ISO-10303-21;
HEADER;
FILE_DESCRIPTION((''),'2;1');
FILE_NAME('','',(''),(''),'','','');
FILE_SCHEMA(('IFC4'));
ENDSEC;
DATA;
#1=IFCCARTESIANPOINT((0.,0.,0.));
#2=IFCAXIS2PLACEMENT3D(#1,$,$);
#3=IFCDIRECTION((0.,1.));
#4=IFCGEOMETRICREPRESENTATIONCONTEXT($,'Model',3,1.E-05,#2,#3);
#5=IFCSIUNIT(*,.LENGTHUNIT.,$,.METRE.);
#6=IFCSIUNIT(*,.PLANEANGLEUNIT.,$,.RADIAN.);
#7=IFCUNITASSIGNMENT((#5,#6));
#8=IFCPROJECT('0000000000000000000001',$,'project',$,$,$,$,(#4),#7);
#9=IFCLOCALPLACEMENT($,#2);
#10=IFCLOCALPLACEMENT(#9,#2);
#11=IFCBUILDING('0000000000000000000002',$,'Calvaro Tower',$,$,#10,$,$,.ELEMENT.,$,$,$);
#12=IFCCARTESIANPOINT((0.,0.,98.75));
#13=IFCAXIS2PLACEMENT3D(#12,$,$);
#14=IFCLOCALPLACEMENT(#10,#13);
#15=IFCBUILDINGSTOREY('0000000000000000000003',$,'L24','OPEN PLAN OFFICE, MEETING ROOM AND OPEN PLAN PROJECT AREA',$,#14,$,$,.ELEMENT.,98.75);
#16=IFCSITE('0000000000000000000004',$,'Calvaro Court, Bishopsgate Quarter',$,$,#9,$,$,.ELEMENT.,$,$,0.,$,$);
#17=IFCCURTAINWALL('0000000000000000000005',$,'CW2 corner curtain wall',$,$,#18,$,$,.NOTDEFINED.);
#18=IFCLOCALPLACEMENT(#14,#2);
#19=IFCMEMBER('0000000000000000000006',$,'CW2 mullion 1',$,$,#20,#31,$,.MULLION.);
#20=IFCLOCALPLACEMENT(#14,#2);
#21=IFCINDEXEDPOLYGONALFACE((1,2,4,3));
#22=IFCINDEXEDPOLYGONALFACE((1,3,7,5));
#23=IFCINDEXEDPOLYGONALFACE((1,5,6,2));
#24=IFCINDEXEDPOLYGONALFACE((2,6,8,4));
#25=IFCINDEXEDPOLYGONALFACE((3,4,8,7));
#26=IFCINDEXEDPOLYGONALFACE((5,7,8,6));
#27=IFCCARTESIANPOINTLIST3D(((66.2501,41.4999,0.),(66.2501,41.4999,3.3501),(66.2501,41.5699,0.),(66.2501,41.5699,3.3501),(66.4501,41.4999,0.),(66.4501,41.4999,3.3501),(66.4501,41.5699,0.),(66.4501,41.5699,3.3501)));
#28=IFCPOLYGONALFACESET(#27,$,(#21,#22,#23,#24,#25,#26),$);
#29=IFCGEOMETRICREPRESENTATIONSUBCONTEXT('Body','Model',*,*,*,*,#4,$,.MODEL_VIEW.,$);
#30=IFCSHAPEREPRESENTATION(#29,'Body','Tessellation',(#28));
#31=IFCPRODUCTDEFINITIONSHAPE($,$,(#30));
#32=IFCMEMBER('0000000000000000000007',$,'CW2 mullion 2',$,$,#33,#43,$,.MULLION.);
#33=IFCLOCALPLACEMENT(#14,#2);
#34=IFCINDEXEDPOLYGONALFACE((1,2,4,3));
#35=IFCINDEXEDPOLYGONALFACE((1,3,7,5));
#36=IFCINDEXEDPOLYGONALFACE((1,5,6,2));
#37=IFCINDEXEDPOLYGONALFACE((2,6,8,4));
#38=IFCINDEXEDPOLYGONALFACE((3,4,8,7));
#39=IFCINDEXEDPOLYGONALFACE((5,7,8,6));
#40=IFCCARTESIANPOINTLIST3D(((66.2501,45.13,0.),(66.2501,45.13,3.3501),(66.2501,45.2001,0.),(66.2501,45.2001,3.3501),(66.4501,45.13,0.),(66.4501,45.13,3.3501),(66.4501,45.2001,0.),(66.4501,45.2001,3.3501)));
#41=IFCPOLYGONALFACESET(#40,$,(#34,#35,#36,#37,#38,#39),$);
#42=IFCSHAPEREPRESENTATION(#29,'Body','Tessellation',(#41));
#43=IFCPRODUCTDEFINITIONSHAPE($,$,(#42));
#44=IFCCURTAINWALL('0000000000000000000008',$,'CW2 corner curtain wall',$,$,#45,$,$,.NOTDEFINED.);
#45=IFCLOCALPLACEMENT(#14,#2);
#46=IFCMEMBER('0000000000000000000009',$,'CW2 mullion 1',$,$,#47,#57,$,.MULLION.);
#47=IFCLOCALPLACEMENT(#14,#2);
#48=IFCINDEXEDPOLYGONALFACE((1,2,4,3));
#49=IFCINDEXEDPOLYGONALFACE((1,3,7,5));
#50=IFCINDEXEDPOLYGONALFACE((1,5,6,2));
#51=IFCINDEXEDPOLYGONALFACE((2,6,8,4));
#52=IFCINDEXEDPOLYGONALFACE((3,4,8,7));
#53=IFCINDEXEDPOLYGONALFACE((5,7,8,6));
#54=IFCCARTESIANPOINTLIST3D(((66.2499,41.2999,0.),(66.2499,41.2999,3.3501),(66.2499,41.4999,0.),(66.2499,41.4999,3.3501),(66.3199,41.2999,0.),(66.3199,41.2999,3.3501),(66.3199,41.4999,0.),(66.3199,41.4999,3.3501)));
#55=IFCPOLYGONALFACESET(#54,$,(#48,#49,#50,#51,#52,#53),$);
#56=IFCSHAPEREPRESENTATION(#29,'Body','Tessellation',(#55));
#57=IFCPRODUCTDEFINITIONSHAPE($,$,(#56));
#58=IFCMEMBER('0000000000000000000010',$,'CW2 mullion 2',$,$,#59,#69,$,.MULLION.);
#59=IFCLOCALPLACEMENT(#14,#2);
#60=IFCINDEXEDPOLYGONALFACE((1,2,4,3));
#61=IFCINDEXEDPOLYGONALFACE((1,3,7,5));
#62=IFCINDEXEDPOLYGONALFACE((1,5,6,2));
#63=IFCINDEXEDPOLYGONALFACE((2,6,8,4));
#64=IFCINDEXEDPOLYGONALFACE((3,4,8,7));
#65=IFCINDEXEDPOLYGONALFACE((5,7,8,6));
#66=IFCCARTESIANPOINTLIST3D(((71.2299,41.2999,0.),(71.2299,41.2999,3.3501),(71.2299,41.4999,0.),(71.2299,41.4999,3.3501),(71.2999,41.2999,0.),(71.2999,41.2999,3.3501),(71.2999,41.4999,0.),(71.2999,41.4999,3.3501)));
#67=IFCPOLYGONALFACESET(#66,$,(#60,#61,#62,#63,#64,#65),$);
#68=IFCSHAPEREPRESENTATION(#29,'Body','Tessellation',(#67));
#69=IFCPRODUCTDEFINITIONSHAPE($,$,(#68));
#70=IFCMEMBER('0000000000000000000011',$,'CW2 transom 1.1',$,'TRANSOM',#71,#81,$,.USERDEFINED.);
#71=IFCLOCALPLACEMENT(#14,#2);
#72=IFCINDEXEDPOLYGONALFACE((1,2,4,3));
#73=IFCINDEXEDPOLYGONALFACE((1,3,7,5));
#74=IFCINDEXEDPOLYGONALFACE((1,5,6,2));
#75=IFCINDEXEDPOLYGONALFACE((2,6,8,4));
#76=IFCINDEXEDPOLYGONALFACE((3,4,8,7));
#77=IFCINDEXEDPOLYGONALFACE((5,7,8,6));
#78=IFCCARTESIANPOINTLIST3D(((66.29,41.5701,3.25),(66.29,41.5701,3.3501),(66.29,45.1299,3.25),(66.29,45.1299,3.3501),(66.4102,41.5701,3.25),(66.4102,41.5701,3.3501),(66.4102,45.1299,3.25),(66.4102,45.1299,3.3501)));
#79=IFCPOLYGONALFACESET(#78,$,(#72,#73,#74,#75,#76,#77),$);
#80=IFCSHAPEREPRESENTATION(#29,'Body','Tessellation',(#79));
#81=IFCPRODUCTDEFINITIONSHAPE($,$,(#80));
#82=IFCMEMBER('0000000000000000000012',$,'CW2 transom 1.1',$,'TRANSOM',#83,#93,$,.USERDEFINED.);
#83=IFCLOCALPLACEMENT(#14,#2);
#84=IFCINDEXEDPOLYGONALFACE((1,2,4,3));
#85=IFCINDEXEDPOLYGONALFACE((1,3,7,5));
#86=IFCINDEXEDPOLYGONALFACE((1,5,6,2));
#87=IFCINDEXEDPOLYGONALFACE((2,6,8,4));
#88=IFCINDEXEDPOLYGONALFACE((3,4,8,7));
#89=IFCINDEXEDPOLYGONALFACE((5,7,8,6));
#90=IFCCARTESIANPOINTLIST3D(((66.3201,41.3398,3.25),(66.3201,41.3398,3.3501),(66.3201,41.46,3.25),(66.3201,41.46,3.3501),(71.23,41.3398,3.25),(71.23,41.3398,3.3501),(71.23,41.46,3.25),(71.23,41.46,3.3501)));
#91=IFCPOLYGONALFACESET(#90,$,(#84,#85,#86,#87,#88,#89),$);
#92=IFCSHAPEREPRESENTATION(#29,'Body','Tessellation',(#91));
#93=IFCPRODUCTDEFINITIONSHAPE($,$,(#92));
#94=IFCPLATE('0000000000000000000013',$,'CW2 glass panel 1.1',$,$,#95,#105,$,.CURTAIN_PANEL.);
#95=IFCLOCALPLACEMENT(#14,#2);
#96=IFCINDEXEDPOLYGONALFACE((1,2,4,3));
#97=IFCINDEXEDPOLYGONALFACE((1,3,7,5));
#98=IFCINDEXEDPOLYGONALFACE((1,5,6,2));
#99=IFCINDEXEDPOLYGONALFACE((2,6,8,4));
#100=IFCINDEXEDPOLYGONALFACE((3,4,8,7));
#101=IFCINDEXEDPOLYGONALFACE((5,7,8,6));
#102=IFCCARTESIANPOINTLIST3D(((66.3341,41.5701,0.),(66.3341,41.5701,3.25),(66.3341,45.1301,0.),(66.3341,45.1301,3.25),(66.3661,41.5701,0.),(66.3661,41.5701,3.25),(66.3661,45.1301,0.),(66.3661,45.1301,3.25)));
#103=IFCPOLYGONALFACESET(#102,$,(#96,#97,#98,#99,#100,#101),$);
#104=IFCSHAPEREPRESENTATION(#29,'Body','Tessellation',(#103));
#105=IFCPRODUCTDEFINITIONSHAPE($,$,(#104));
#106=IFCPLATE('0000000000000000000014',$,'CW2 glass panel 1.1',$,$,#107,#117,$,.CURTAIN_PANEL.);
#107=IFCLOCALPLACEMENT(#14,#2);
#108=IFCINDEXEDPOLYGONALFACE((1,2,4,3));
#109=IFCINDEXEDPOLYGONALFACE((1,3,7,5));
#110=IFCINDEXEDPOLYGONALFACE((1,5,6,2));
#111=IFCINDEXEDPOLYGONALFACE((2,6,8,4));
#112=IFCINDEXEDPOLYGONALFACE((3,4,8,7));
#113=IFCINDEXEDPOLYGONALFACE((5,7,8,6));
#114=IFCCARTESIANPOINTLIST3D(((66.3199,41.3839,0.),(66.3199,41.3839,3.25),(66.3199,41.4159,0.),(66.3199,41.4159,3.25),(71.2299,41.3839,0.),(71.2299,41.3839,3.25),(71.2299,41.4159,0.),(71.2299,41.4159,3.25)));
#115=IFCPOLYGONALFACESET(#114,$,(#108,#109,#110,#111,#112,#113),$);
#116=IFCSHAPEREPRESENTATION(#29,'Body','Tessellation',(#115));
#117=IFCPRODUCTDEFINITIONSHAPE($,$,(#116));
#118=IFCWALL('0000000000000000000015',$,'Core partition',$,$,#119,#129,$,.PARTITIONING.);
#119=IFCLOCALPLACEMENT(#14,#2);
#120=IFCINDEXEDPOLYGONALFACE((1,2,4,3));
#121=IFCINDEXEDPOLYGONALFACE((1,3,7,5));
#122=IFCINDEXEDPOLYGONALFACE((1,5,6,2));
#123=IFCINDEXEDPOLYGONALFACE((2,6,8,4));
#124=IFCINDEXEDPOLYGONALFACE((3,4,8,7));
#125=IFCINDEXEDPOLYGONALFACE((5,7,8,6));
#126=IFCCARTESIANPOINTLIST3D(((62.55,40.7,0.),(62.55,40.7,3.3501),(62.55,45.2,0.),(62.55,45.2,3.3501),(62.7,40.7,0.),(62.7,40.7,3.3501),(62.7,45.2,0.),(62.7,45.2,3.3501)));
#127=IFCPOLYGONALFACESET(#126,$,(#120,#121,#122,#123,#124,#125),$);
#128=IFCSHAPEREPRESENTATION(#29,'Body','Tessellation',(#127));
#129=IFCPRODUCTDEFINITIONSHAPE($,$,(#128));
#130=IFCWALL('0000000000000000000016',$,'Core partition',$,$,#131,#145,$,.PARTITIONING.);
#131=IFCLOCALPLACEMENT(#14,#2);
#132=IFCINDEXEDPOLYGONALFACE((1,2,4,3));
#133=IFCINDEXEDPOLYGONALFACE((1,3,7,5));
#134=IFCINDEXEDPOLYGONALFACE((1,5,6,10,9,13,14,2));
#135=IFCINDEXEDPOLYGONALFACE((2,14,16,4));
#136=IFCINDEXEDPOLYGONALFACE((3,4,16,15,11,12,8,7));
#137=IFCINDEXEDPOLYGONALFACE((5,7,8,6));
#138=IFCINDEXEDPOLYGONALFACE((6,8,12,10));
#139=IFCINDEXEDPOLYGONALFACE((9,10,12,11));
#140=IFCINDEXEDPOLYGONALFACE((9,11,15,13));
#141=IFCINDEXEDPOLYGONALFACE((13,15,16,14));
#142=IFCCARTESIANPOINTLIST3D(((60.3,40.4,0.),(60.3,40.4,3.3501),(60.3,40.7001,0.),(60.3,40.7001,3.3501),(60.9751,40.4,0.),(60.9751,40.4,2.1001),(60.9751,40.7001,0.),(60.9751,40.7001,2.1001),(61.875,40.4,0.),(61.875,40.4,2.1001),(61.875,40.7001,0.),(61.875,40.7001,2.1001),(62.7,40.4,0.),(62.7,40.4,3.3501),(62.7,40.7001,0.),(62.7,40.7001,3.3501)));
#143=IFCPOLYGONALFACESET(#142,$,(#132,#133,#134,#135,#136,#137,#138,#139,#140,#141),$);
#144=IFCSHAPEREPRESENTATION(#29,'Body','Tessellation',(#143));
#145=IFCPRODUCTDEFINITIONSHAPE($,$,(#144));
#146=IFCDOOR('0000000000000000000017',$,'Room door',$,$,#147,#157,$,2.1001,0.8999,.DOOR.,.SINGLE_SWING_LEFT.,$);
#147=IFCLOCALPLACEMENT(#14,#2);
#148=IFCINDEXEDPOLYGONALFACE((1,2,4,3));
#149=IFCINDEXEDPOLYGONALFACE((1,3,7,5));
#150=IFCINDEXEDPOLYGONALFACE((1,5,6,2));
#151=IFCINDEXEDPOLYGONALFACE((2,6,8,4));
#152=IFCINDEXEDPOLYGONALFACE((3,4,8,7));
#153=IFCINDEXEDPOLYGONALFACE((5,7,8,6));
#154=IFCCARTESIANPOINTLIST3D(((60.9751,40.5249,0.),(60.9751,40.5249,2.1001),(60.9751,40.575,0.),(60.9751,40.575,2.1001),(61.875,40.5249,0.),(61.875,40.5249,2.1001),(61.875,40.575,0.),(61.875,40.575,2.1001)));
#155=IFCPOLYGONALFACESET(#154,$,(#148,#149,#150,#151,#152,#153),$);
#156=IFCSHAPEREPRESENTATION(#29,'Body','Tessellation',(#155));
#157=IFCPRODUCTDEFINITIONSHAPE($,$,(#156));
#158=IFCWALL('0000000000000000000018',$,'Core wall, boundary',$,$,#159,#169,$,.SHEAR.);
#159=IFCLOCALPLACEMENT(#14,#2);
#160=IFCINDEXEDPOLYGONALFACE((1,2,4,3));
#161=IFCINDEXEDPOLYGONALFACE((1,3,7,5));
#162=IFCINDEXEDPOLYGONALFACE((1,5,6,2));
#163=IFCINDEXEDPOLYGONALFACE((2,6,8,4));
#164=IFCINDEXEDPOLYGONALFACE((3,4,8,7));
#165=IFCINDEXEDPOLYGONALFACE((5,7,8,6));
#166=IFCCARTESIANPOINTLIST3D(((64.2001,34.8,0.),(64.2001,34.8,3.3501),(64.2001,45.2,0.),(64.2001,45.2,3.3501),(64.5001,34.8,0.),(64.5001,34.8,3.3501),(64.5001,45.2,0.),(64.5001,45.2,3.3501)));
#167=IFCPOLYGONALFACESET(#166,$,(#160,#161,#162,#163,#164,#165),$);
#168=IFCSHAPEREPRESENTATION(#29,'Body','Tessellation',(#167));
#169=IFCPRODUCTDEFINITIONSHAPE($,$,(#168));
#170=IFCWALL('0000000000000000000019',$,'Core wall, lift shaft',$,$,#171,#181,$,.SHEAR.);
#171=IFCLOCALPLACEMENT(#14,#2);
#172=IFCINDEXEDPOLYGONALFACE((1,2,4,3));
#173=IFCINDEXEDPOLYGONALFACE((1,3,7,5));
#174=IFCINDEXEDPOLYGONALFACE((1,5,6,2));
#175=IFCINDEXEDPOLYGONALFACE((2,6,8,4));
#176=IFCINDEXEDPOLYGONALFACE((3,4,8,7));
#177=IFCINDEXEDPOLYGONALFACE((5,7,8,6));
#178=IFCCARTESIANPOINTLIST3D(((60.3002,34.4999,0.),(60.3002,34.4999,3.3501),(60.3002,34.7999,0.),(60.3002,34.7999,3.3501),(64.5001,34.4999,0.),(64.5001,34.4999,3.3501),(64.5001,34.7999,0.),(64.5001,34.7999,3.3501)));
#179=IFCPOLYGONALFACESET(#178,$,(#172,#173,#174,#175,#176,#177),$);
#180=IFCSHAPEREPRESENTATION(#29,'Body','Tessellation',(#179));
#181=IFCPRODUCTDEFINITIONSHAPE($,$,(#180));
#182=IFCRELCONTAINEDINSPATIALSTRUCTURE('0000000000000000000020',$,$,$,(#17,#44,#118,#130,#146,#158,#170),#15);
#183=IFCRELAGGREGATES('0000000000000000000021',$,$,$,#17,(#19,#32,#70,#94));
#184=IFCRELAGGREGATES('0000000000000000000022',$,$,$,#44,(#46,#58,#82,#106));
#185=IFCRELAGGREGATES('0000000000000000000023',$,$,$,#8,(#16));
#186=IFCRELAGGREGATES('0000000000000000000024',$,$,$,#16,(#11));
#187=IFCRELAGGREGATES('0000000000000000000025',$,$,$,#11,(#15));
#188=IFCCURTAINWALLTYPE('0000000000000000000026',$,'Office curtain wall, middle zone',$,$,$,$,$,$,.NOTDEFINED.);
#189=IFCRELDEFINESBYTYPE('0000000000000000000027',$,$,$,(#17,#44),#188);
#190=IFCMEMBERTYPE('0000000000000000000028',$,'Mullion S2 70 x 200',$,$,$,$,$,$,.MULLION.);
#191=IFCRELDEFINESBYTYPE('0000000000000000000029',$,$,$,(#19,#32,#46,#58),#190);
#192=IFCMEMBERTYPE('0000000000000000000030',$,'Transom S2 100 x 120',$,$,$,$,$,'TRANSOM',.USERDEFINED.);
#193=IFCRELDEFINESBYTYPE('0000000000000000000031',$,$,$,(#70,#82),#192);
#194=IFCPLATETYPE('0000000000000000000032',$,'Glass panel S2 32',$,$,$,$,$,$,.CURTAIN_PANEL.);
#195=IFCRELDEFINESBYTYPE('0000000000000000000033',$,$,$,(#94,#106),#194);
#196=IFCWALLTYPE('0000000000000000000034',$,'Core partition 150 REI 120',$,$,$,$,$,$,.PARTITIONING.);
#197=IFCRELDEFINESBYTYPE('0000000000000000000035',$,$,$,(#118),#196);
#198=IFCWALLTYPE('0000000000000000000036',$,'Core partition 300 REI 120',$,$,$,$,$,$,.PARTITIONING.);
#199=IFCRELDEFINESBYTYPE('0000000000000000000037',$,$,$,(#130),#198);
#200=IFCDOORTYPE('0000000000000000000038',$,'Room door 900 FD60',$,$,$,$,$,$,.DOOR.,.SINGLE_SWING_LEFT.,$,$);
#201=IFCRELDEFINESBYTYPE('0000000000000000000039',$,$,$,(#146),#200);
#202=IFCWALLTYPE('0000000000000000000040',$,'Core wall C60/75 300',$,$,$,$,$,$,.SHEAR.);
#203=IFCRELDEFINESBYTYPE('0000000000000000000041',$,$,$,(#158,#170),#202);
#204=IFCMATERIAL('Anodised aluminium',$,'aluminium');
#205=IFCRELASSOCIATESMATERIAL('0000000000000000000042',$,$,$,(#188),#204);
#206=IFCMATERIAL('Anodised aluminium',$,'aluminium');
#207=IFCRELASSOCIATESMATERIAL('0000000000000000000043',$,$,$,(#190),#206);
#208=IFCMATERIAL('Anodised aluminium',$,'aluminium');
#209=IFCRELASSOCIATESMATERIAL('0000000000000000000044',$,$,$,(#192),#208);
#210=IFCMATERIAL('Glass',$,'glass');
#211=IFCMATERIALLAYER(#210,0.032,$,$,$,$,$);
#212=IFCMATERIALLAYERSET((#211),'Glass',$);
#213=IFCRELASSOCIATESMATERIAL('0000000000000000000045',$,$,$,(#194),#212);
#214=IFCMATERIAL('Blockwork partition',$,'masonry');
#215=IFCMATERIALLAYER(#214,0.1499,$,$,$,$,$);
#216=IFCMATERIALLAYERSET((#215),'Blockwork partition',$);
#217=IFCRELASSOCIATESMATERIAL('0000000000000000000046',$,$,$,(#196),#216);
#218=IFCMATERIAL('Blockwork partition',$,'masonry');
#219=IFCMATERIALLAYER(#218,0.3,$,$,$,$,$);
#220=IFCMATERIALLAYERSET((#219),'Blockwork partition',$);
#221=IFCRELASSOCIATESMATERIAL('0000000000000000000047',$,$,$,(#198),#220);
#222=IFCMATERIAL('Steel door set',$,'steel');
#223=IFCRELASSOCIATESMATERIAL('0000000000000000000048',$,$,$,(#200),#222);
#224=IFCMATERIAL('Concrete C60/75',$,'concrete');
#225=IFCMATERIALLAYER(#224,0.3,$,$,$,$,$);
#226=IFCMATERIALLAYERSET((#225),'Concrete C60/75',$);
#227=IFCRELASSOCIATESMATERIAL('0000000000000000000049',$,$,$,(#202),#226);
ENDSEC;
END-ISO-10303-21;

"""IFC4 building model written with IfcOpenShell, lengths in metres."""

from ifc_helpers import new_model, si_unit, direction, frame, frame_2d, origin, origin_2d, place, context, subcontext, project, spatial, rectangle, extrude, material, layer, layer_set, material_profile, profile_set, type_object, element, fill, aggregate, save


model = new_model("IFC4")

# Units and contexts
model_context = context("Model", 3, precision=1e-05, world=origin(), true_north=direction((0.0, 1.0)))
body_context = subcontext(model_context, "Body", "Model", "MODEL_VIEW")
ifc_project = project(units=[si_unit("LENGTHUNIT", "METRE"), si_unit("PLANEANGLEUNIT", "RADIAN")], contexts=[model_context])

# Site, building, storey
site_placement = place(None, origin())
site = spatial("IfcSite", under=ifc_project, at=site_placement, Name="Calvaro Court, Bishopsgate Quarter", CompositionType="ELEMENT", RefElevation=0.0)
building_placement = place(site_placement, origin())
building = spatial("IfcBuilding", under=site, at=building_placement, Name="Calvaro Tower", CompositionType="ELEMENT")
storey_placement = place(building_placement, frame((0.0, 0.0, 98.75)))
storey = spatial("IfcBuildingStorey", under=building, at=storey_placement, Name="L24", Description="OPEN PLAN OFFICE, MEETING ROOM AND OPEN PLAN PROJECT AREA", CompositionType="ELEMENT", Elevation=98.75)

# Curtain walls, members
ifc_material_1 = material(Name="Anodised aluminium", Category="aluminium")
curtain_wall_type = type_object("IfcCurtainWallType", Name="Office curtain wall, middle zone", PredefinedType="NOTDEFINED", material=ifc_material_1)
curtain_wall_1_placement = place(storey_placement, origin())
curtain_wall_1 = element("IfcCurtainWall", 1, at=curtain_wall_1_placement, inside=storey, type_object=curtain_wall_type, Name="CW2 corner curtain wall", PredefinedType="NOTDEFINED")
ifc_material_2 = material(Name="Anodised aluminium", Category="aluminium")
ifc_material_profile_1 = material_profile(ifc_material_2, rectangle(XDim=0.2, YDim=0.0701, at=origin_2d()), Name="Mullion S2 70 x 200")
ifc_profile_set_1 = profile_set([ifc_material_profile_1], Name="Anodised aluminium")
member_type_1 = type_object("IfcMemberType", Name="Mullion S2 70 x 200", PredefinedType="MULLION", material=ifc_profile_set_1)
member_1_placement = place(storey_placement, frame((66.3501, 41.5349, 0.0), z_axis=(0.0, 0.0, 1.0), x_axis=(-1.0, 0.0, 0.0)))
member_1 = element("IfcMember", 2, at=member_1_placement, type_object=member_type_1, Name="CW2 mullion 1", PredefinedType="MULLION", context=body_context, shape_type="SweptSolid", body=[
    extrude(rectangle(XDim=0.2, YDim=0.0701, at=origin_2d()), origin(), (0.0, 0.0, 1.0), 3.3501),
])
member_2_placement = place(storey_placement, frame((66.3501, 45.165, 0.0), z_axis=(0.0, 0.0, 1.0), x_axis=(-1.0, 0.0, 0.0)))
member_2 = element("IfcMember", 3, at=member_2_placement, type_object=member_type_1, Name="CW2 mullion 2", PredefinedType="MULLION", context=body_context, shape_type="SweptSolid", body=[
    extrude(rectangle(XDim=0.2, YDim=0.0701, at=origin_2d()), origin(), (0.0, 0.0, 1.0), 3.3501),
])
curtain_wall_2_placement = place(storey_placement, origin())
curtain_wall_2 = element("IfcCurtainWall", 4, at=curtain_wall_2_placement, inside=storey, type_object=curtain_wall_type, Name="CW2 corner curtain wall", PredefinedType="NOTDEFINED")
member_3_placement = place(storey_placement, frame((66.2849, 41.3999, 0.0), z_axis=(0.0, 0.0, 1.0), x_axis=(0.0, 1.0, 0.0)))
member_3 = element("IfcMember", 5, at=member_3_placement, type_object=member_type_1, Name="CW2 mullion 1", PredefinedType="MULLION", context=body_context, shape_type="SweptSolid", body=[
    extrude(rectangle(XDim=0.2, YDim=0.0701, at=origin_2d()), origin(), (0.0, 0.0, 1.0), 3.3501),
])
member_4_placement = place(storey_placement, frame((71.2649, 41.3999, 0.0), z_axis=(0.0, 0.0, 1.0), x_axis=(0.0, 1.0, 0.0)))
member_4 = element("IfcMember", 6, at=member_4_placement, type_object=member_type_1, Name="CW2 mullion 2", PredefinedType="MULLION", context=body_context, shape_type="SweptSolid", body=[
    extrude(rectangle(XDim=0.2, YDim=0.0701, at=origin_2d()), origin(), (0.0, 0.0, 1.0), 3.3501),
])

# Members
ifc_material_3 = material(Name="Anodised aluminium", Category="aluminium")
ifc_material_profile_2 = material_profile(ifc_material_3, rectangle(XDim=0.1201, YDim=0.1001, at=origin_2d()), Name="Transom S2 100 x 120")
ifc_profile_set_2 = profile_set([ifc_material_profile_2], Name="Anodised aluminium")
member_type_2 = type_object("IfcMemberType", Name="Transom S2 100 x 120", ElementType="TRANSOM", PredefinedType="USERDEFINED", material=ifc_profile_set_2)
member_5_placement = place(storey_placement, frame((66.3501, 41.5701, 3.3), z_axis=(0.0, 1.0, 0.0), x_axis=(-1.0, 0.0, 0.0)))
member_5 = element("IfcMember", 7, at=member_5_placement, type_object=member_type_2, Name="CW2 transom 1.1", ObjectType="TRANSOM", PredefinedType="USERDEFINED", context=body_context, shape_type="SweptSolid", body=[
    extrude(rectangle(XDim=0.1201, YDim=0.1001, at=origin_2d()), origin(), (0.0, 0.0, 1.0), 3.5598),
])
member_6_placement = place(storey_placement, frame((66.3201, 41.3999, 3.3), z_axis=(1.0, 0.0, 0.0), x_axis=(0.0, 1.0, 0.0)))
member_6 = element("IfcMember", 8, at=member_6_placement, type_object=member_type_2, Name="CW2 transom 1.1", ObjectType="TRANSOM", PredefinedType="USERDEFINED", context=body_context, shape_type="SweptSolid", body=[
    extrude(rectangle(XDim=0.1201, YDim=0.1001, at=origin_2d()), origin(), (0.0, 0.0, 1.0), 4.9099),
])

# Plates
ifc_material_4 = material(Name="Glass", Category="glass")
ifc_layer_1 = layer(ifc_material_4, 0.032)
ifc_layer_set_1 = layer_set([ifc_layer_1], Name="Glass")
plate_type = type_object("IfcPlateType", Name="Glass panel S2 32", PredefinedType="CURTAIN_PANEL", material=ifc_layer_set_1)
plate_1_placement = place(storey_placement, frame((66.3501, 43.3501, 0.0), z_axis=(0.0, 0.0, 1.0), x_axis=(0.0, 1.0, 0.0)))
plate_1 = element("IfcPlate", 9, at=plate_1_placement, type_object=plate_type, Name="CW2 glass panel 1.1", PredefinedType="CURTAIN_PANEL", context=body_context, shape_type="SweptSolid", body=[
    extrude(rectangle(XDim=3.5601, YDim=0.032, at=origin_2d()), origin(), (0.0, 0.0, 1.0), 3.25),
])
aggregate(curtain_wall_1, [member_1, member_2, member_5, plate_1])
plate_2_placement = place(storey_placement, frame((68.7749, 41.3999, 0.0), z_axis=(0.0, 0.0, 1.0), x_axis=(1.0, 0.0, 0.0)))
plate_2 = element("IfcPlate", 10, at=plate_2_placement, type_object=plate_type, Name="CW2 glass panel 1.1", PredefinedType="CURTAIN_PANEL", context=body_context, shape_type="SweptSolid", body=[
    extrude(rectangle(XDim=4.9099, YDim=0.032, at=origin_2d()), origin(), (0.0, 0.0, 1.0), 3.25),
])
aggregate(curtain_wall_2, [member_3, member_4, member_6, plate_2])

# Wall
ifc_material_5 = material(Name="Blockwork partition", Category="masonry")
ifc_layer_2 = layer(ifc_material_5, 0.1499)
ifc_layer_set_2 = layer_set([ifc_layer_2], Name="Blockwork partition")
wall_type_1 = type_object("IfcWallType", Name="Core partition 150 REI 120", PredefinedType="PARTITIONING", material=ifc_layer_set_2)
wall_1_placement = place(storey_placement, frame((62.625, 40.7, 0.0), z_axis=(0.0, 0.0, 1.0), x_axis=(0.0, 1.0, 0.0)))
element("IfcWall", 11, at=wall_1_placement, inside=storey, type_object=wall_type_1, Name="Core partition", PredefinedType="PARTITIONING", context=body_context, shape_type="SweptSolid", body=[
    extrude(rectangle(XDim=4.5, YDim=0.1499, at=frame_2d((2.25, 0.0))), origin(), (0.0, 0.0, 1.0), 3.3501),
])

# Wall, opening, door
ifc_material_6 = material(Name="Blockwork partition", Category="masonry")
ifc_layer_3 = layer(ifc_material_6, 0.3)
ifc_layer_set_3 = layer_set([ifc_layer_3], Name="Blockwork partition")
wall_type_2 = type_object("IfcWallType", Name="Core partition 300 REI 120", PredefinedType="PARTITIONING", material=ifc_layer_set_3)
wall_2_placement = place(storey_placement, frame((60.3, 40.55, 0.0), z_axis=(0.0, 0.0, 1.0), x_axis=(1.0, 0.0, 0.0)))
wall_2 = element("IfcWall", 12, at=wall_2_placement, inside=storey, type_object=wall_type_2, Name="Core partition", PredefinedType="PARTITIONING", context=body_context, shape_type="SweptSolid", body=[
    extrude(rectangle(XDim=2.3999, YDim=0.3, at=frame_2d((1.2, 0.0))), origin(), (0.0, 0.0, 1.0), 3.3501),
])
opening_1_placement = place(wall_2_placement, frame((0.675, 0.0, 0.0)))
opening_1 = element("IfcOpeningElement", 13, at=opening_1_placement, cuts=wall_2, PredefinedType="OPENING", context=body_context, shape_type="SweptSolid", body=[
    extrude(rectangle(XDim=0.8999, YDim=2.1001, at=frame_2d((0.45, 1.05))), frame((0.0, 0.1599, 0.0), z_axis=(0.0, -1.0, 0.0), x_axis=(1.0, 0.0, 0.0)), (0.0, 0.0, 1.0), 0.3201),
])
ifc_material_7 = material(Name="Steel door set", Category="steel")
door_type_1 = type_object("IfcDoorType", Name="Room door 900 FD60", OperationType="SINGLE_SWING_LEFT", PredefinedType="DOOR", material=ifc_material_7)
door_1_placement = place(opening_1_placement, origin())
door_1 = element("IfcDoor", 14, at=door_1_placement, inside=storey, type_object=door_type_1, Name="Room door", OperationType="SINGLE_SWING_LEFT", OverallHeight=2.1001, OverallWidth=0.8999, PredefinedType="DOOR", context=body_context, shape_type="SweptSolid", body=[
    extrude(rectangle(XDim=0.8999, YDim=2.1001, at=frame_2d((0.45, 1.05))), frame((0.0, 0.0249, 0.0), z_axis=(0.0, -1.0, 0.0), x_axis=(1.0, 0.0, 0.0)), (0.0, 0.0, 1.0), 0.05),
])
fill(opening_1, door_1)

# Walls
ifc_material_8 = material(Name="Concrete C60/75", Category="concrete")
ifc_layer_4 = layer(ifc_material_8, 0.3)
ifc_layer_set_4 = layer_set([ifc_layer_4], Name="Concrete C60/75")
wall_type_3 = type_object("IfcWallType", Name="Core wall C60/75 300", PredefinedType="SHEAR", material=ifc_layer_set_4)
wall_3_placement = place(storey_placement, frame((64.3501, 34.8, 0.0), z_axis=(0.0, 0.0, 1.0), x_axis=(0.0, 1.0, 0.0)))
element("IfcWall", 15, at=wall_3_placement, inside=storey, type_object=wall_type_3, Name="Core wall, boundary", PredefinedType="SHEAR", context=body_context, shape_type="SweptSolid", body=[
    extrude(rectangle(XDim=10.3999, YDim=0.3, at=frame_2d((5.2, 0.0))), origin(), (0.0, 0.0, 1.0), 3.3501),
])
wall_4_placement = place(storey_placement, frame((60.3, 34.6499, 0.0), z_axis=(0.0, 0.0, 1.0), x_axis=(1.0, 0.0, 0.0)))
element("IfcWall", 16, at=wall_4_placement, inside=storey, type_object=wall_type_3, Name="Core wall, lift shaft", PredefinedType="SHEAR", context=body_context, shape_type="SweptSolid", body=[
    extrude(rectangle(XDim=4.2, YDim=0.3, at=frame_2d((2.1001, 0.0))), origin(), (0.0, 0.0, 1.0), 3.3501),
])

save(model, "model.ifc")
